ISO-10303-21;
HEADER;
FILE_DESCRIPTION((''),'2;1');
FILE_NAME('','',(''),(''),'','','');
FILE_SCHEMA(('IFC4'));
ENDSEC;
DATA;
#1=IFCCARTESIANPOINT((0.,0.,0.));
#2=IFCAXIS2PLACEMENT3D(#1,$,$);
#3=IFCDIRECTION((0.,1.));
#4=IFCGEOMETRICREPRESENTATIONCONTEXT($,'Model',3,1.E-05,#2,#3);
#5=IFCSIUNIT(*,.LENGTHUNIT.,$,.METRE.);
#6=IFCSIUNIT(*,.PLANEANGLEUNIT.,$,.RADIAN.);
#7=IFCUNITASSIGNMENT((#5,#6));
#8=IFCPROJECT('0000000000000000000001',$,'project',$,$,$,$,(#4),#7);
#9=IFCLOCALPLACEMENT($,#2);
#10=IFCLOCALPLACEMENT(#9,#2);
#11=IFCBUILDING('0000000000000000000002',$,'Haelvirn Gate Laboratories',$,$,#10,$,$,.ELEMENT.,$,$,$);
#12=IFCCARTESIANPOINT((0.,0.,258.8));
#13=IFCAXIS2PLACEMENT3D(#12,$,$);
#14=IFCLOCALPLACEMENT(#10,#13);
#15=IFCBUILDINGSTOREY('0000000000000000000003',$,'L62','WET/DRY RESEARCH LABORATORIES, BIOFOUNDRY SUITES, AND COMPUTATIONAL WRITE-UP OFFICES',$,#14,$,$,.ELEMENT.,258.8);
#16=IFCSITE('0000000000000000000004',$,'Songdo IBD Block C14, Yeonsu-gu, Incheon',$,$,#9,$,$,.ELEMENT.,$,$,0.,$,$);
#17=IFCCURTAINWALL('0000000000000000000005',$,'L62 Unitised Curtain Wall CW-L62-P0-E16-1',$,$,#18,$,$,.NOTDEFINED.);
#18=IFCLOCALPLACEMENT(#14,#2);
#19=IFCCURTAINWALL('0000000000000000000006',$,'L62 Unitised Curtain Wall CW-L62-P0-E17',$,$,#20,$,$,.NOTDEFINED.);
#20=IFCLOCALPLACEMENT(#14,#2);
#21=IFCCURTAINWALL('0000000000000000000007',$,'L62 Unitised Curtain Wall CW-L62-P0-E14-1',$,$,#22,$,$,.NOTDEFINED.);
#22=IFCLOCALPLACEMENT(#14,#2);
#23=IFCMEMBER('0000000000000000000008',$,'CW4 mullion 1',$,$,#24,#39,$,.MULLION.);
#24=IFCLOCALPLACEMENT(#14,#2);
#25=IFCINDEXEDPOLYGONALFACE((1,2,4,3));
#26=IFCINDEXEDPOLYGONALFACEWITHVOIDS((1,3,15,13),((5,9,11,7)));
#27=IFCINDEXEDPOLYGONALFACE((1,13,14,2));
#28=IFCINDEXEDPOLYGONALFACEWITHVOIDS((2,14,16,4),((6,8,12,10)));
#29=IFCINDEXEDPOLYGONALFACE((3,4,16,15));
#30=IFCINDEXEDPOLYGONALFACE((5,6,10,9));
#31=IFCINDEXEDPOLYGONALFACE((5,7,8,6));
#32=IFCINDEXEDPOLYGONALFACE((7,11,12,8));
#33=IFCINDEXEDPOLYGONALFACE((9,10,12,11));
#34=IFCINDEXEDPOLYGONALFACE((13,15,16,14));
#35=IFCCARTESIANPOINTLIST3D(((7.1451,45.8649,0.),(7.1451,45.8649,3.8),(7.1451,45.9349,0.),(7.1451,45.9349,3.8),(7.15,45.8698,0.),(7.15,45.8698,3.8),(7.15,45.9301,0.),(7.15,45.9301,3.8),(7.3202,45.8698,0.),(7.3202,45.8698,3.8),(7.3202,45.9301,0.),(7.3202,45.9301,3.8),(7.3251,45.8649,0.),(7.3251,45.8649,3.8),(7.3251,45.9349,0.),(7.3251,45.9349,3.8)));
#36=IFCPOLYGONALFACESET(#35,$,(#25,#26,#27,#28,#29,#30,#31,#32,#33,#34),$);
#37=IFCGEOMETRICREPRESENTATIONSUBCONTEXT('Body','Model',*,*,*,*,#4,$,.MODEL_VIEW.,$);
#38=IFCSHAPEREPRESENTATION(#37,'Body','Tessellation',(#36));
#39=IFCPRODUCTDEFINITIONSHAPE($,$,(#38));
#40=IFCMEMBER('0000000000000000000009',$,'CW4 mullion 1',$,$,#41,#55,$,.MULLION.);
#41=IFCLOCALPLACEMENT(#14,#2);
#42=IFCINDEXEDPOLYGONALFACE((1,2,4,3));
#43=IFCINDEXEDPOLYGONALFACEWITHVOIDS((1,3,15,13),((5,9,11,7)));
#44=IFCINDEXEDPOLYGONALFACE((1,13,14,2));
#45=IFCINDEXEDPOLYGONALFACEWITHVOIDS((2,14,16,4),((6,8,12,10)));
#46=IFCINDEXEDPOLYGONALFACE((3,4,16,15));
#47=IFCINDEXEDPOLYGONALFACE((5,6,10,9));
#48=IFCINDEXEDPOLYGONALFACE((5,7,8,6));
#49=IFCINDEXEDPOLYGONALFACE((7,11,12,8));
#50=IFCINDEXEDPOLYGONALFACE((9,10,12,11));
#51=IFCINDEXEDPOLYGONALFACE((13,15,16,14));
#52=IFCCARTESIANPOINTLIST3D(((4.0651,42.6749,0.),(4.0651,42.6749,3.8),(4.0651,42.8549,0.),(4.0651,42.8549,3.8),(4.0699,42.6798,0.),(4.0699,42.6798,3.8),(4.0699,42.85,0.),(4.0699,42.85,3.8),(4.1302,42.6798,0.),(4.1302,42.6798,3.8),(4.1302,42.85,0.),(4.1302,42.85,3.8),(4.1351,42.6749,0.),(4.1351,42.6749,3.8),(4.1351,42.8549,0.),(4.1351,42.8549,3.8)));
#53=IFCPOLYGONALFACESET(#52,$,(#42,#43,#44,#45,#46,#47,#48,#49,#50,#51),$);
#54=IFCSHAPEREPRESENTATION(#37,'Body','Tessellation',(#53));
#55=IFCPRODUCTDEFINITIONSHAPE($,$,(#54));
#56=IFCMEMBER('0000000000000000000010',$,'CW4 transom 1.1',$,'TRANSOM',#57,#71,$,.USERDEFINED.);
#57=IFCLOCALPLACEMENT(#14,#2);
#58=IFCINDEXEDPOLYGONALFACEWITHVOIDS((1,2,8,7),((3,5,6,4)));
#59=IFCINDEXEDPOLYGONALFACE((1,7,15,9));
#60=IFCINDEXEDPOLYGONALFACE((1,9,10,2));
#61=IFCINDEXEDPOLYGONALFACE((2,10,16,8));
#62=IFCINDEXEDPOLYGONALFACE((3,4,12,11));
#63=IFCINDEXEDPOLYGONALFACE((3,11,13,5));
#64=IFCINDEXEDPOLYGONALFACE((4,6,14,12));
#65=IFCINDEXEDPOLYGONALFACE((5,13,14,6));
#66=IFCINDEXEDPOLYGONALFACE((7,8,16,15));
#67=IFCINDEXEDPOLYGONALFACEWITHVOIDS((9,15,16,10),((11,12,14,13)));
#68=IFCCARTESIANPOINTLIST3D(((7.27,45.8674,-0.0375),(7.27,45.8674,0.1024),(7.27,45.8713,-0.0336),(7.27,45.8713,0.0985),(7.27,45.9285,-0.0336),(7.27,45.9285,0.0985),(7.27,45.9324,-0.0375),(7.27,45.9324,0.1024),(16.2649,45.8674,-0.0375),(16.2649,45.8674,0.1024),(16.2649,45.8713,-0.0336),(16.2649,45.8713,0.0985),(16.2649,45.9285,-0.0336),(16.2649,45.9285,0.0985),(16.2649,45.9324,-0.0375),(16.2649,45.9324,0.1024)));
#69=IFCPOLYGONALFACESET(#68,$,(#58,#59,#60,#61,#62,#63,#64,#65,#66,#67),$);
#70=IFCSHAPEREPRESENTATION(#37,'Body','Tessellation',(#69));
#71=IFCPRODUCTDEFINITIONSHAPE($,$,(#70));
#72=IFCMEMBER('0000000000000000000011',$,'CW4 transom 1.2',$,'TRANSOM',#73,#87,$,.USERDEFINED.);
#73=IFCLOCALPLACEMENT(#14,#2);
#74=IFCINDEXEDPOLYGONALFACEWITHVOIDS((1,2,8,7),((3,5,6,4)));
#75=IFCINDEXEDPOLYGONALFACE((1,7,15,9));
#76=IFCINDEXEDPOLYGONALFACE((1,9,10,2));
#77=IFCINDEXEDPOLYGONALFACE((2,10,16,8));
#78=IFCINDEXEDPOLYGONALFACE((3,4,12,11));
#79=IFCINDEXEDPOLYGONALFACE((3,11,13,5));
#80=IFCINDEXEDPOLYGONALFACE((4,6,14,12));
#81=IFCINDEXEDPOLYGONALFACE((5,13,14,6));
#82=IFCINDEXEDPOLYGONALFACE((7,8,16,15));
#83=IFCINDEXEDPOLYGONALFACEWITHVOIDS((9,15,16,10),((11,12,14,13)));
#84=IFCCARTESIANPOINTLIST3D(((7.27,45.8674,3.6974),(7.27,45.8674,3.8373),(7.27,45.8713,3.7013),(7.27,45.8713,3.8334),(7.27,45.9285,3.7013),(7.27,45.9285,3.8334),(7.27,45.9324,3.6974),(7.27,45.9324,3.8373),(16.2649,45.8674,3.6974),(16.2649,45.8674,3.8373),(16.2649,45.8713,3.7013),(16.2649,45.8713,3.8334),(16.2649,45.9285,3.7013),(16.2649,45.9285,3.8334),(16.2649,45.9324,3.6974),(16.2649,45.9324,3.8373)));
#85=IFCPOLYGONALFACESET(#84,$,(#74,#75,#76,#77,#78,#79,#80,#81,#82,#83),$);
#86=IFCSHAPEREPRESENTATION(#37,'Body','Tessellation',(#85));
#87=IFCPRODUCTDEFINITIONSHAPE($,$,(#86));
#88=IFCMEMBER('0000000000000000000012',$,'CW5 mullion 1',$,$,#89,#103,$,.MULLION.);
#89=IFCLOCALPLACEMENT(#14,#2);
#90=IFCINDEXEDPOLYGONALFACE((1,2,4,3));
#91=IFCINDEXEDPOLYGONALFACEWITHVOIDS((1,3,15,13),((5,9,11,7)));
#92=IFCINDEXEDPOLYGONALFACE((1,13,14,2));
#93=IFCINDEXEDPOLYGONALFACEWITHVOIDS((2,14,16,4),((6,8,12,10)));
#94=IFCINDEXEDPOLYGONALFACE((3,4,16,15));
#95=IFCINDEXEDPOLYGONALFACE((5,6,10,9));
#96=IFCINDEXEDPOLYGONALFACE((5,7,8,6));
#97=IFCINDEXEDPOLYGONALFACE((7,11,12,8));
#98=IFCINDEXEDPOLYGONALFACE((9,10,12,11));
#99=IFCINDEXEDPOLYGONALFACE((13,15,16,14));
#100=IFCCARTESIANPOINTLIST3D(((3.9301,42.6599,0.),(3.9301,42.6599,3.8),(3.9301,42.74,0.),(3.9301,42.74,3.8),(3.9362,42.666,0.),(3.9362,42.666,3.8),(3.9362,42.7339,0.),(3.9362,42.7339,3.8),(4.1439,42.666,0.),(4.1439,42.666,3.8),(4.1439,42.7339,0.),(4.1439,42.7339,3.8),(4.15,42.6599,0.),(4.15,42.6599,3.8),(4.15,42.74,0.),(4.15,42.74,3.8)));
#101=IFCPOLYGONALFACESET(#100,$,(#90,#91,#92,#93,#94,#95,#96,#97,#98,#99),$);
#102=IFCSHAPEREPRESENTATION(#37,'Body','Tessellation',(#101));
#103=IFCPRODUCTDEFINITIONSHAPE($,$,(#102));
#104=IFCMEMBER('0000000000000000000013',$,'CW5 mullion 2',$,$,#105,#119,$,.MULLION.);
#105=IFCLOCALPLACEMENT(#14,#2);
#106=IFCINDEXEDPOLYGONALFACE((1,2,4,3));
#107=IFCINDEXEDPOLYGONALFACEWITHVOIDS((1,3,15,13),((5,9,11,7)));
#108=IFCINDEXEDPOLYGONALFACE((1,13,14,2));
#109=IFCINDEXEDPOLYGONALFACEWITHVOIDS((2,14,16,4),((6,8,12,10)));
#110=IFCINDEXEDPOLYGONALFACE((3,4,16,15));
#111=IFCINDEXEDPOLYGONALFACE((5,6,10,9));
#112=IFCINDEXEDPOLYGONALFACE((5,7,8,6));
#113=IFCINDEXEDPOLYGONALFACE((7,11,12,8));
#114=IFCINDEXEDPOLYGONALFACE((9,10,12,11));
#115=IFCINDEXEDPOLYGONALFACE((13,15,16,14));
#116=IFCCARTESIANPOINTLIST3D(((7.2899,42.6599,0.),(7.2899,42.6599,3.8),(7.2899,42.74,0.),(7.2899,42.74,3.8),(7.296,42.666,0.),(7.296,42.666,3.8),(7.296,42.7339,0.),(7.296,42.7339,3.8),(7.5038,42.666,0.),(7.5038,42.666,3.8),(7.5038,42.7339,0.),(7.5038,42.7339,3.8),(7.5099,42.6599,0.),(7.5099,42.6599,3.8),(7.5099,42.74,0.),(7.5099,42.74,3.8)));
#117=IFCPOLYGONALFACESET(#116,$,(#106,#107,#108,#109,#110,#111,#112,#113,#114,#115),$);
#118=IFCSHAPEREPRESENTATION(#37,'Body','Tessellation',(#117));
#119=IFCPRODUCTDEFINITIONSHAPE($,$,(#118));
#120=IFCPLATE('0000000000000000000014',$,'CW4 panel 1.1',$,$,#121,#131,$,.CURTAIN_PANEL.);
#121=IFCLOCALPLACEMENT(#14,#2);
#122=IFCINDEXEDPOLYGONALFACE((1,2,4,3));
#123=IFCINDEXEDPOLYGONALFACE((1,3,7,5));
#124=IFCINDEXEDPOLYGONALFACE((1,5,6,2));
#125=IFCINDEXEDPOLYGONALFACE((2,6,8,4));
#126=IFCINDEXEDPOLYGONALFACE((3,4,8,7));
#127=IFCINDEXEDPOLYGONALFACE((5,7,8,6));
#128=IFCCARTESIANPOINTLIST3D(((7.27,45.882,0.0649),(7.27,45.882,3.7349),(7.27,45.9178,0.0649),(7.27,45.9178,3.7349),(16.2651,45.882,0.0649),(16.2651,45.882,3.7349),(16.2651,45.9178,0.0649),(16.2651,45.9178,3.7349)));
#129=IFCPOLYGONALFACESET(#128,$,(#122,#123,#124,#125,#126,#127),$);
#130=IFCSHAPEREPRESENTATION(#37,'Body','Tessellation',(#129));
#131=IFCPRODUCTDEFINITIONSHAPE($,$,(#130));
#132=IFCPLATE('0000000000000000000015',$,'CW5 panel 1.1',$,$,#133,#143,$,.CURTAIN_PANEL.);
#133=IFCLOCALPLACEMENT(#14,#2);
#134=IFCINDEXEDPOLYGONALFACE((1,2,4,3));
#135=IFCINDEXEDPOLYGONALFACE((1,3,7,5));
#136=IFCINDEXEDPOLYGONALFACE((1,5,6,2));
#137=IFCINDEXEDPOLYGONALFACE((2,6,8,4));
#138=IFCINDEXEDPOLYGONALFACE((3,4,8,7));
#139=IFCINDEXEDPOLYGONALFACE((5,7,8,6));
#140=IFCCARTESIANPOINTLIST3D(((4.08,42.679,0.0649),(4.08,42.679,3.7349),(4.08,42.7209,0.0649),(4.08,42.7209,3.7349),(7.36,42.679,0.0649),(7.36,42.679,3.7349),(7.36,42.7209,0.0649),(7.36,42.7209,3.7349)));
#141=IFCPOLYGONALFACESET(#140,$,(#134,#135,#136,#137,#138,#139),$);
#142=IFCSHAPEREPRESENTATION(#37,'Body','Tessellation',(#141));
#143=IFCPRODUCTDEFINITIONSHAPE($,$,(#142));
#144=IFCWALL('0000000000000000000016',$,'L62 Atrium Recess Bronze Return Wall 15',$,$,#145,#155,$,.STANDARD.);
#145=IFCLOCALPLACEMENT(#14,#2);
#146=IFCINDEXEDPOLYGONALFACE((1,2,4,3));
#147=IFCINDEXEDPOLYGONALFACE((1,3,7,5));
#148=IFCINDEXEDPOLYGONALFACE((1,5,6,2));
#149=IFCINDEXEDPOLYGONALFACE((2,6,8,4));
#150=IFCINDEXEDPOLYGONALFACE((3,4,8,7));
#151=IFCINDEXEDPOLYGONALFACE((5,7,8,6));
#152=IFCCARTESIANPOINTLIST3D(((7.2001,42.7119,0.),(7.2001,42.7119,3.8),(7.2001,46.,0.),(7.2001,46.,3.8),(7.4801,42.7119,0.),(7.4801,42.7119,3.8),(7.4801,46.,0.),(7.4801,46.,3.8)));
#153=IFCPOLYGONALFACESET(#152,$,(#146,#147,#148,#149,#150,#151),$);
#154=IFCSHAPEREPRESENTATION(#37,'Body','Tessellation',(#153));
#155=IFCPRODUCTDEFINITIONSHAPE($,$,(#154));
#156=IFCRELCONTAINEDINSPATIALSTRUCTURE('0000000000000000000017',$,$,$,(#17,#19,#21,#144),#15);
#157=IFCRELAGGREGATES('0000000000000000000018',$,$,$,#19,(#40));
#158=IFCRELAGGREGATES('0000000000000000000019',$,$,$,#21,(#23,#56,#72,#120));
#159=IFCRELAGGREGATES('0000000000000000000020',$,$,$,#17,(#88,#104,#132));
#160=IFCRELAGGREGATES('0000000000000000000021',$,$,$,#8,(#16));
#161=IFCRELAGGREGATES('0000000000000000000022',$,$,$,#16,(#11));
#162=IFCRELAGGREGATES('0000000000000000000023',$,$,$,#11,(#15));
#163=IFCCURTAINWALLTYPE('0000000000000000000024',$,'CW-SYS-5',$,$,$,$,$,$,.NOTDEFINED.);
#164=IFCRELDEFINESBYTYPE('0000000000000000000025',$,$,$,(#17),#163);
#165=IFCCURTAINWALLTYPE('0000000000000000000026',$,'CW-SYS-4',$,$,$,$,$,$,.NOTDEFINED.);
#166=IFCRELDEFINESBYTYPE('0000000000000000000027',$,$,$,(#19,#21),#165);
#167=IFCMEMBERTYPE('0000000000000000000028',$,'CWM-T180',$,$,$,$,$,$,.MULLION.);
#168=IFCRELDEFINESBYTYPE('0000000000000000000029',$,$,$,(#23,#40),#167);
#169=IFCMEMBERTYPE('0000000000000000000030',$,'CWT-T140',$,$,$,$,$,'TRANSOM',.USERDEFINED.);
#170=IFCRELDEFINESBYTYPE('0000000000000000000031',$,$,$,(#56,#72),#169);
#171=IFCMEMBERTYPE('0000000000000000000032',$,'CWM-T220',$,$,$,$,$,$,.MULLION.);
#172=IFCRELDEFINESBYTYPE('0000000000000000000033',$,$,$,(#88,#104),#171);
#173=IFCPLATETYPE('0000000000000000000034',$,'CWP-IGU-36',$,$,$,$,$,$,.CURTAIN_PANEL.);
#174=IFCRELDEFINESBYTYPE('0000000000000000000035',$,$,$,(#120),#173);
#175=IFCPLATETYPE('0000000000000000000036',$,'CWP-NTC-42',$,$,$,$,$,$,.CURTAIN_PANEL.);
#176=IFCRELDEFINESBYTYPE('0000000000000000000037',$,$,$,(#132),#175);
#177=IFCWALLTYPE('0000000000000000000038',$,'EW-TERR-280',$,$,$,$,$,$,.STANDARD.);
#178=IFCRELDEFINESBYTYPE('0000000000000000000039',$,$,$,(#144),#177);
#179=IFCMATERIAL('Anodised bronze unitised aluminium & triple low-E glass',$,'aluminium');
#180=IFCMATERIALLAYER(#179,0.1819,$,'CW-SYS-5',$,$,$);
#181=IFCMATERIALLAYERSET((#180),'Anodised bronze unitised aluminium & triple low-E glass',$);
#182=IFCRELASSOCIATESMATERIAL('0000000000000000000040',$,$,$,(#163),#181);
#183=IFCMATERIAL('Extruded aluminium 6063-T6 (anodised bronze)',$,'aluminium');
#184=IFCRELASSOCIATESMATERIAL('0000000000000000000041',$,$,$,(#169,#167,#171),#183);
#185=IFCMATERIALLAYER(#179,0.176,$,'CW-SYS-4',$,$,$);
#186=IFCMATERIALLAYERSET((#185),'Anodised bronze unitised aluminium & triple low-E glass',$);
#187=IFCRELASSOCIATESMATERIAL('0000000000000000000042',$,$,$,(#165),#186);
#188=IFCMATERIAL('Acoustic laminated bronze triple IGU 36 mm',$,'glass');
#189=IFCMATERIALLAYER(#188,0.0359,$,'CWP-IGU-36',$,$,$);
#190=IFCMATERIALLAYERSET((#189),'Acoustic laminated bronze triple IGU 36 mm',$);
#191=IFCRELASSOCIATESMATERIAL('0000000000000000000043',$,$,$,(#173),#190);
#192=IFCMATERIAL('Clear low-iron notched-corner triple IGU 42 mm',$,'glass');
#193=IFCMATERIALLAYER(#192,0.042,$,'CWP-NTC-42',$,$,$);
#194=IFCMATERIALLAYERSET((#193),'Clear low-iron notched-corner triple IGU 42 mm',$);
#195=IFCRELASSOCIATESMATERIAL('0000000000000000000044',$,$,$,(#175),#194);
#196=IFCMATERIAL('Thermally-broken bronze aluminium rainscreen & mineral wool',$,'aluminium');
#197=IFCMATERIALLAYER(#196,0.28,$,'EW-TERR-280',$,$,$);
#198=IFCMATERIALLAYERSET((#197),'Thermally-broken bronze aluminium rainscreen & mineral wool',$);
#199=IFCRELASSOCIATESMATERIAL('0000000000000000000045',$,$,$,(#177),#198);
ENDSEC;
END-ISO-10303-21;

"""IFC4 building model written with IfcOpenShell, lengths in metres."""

from ifc_helpers import new_model, si_unit, direction, frame, frame_2d, origin, origin_2d, place, context, subcontext, project, spatial, rectangle, hollow_rectangle, extrude, source, transform, mapped, material, layer, layer_set, material_profile, profile_set, type_object, type_shapes, element, aggregate, save


model = new_model("IFC4")

# Units and contexts
model_context = context("Model", 3, precision=1e-05, world=origin(), true_north=direction((0.0, 1.0)))
body_context = subcontext(model_context, "Body", "Model", "MODEL_VIEW")
ifc_project = project(units=[si_unit("LENGTHUNIT", "METRE"), si_unit("PLANEANGLEUNIT", "RADIAN")], contexts=[model_context])

# Site, building, storey
site_placement = place(None, origin())
site = spatial("IfcSite", under=ifc_project, at=site_placement, Name="Songdo IBD Block C14, Yeonsu-gu, Incheon", CompositionType="ELEMENT", RefElevation=0.0)
building_placement = place(site_placement, origin())
building = spatial("IfcBuilding", under=site, at=building_placement, Name="Haelvirn Gate Laboratories", CompositionType="ELEMENT")
storey_placement = place(building_placement, frame((0.0, 0.0, 258.8)))
storey = spatial("IfcBuildingStorey", under=building, at=storey_placement, Name="L62", Description="WET/DRY RESEARCH LABORATORIES, BIOFOUNDRY SUITES, AND COMPUTATIONAL WRITE-UP OFFICES", CompositionType="ELEMENT", Elevation=258.8)

# Curtain walls
ifc_material_1 = material(Name="Anodised bronze unitised aluminium & triple low-E glass", Category="aluminium")
ifc_layer_1 = layer(ifc_material_1, 0.1819, Name="CW-SYS-5")
ifc_layer_set_1 = layer_set([ifc_layer_1], Name="Anodised bronze unitised aluminium & triple low-E glass")
curtain_wall_type_1 = type_object("IfcCurtainWallType", Name="CW-SYS-5", PredefinedType="NOTDEFINED", material=ifc_layer_set_1)
curtain_wall_1_placement = place(storey_placement, origin())
curtain_wall_1 = element("IfcCurtainWall", 1, at=curtain_wall_1_placement, inside=storey, type_object=curtain_wall_type_1, Name="L62 Unitised Curtain Wall CW-L62-P0-E16-1", PredefinedType="NOTDEFINED")
ifc_material_2 = material(Name="Extruded aluminium 6063-T6 (anodised bronze)", Category="aluminium")
ifc_material_profile_1 = material_profile(ifc_material_2, hollow_rectangle(XDim=0.0649, YDim=0.1399, WallThickness=0.0039, at=origin_2d()), Name="CWT-140x65x4")
ifc_profile_set_1 = profile_set([ifc_material_profile_1], Name="Extruded aluminium 6063-T6 (anodised bronze)")
member_type_1 = type_object("IfcMemberType", Name="CWT-T140", ElementType="TRANSOM", PredefinedType="USERDEFINED", material=ifc_profile_set_1)
ifc_layer_2 = layer(ifc_material_1, 0.176, Name="CW-SYS-4")
ifc_layer_set_2 = layer_set([ifc_layer_2], Name="Anodised bronze unitised aluminium & triple low-E glass")
curtain_wall_type_2 = type_object("IfcCurtainWallType", Name="CW-SYS-4", PredefinedType="NOTDEFINED", material=ifc_layer_set_2)
curtain_wall_2_placement = place(storey_placement, origin())
curtain_wall_2 = element("IfcCurtainWall", 2, at=curtain_wall_2_placement, inside=storey, type_object=curtain_wall_type_2, Name="L62 Unitised Curtain Wall CW-L62-P0-E17", PredefinedType="NOTDEFINED")

# Curtain wall, member
curtain_wall_3_placement = place(storey_placement, origin())
curtain_wall_3 = element("IfcCurtainWall", 3, at=curtain_wall_3_placement, inside=storey, type_object=curtain_wall_type_2, Name="L62 Unitised Curtain Wall CW-L62-P0-E14-1", PredefinedType="NOTDEFINED")
ifc_material_profile_2 = material_profile(ifc_material_2, hollow_rectangle(XDim=0.0701, YDim=0.1799, WallThickness=0.0049, at=origin_2d()), Name="CWM-180x70x5")
ifc_profile_set_2 = profile_set([ifc_material_profile_2], Name="Extruded aluminium 6063-T6 (anodised bronze)")
member_type_2 = type_object("IfcMemberType", Name="CWM-T180", PredefinedType="MULLION", material=ifc_profile_set_2)
shared_shape_1 = source(origin(), body_context, "Body", "SweptSolid", [
    extrude(hollow_rectangle(XDim=0.0701, YDim=0.1799, WallThickness=0.0049, at=origin_2d()), origin(), (0.0, 0.0, 1.0), 3.8),
])
type_shapes(member_type_2, [shared_shape_1])
member_1_placement = place(storey_placement, frame((7.2351, 45.8999, 0.0), z_axis=(0.0, 0.0, 1.0), x_axis=(0.0, 1.0, 0.0)))
member_1 = element("IfcMember", 4, at=member_1_placement, type_object=member_type_2, Name="CW4 mullion 1", PredefinedType="MULLION", context=body_context, shape_type="MappedRepresentation", body=[
    mapped(shared_shape_1, transform((0.0, 0.0, 0.0), scale=1.0)),
])

# Members
member_2_placement = place(storey_placement, frame((4.1001, 42.7649, 0.0), z_axis=(0.0, 0.0, 1.0), x_axis=(1.0, 0.0, 0.0)))
member_2 = element("IfcMember", 5, at=member_2_placement, type_object=member_type_2, Name="CW4 mullion 1", PredefinedType="MULLION", context=body_context, shape_type="MappedRepresentation", body=[
    mapped(shared_shape_1, transform((0.0, 0.0, 0.0), scale=1.0)),
])
aggregate(curtain_wall_2, [member_2])
shared_shape_2 = source(origin(), body_context, "Body", "SweptSolid", [
    extrude(hollow_rectangle(XDim=0.0649, YDim=0.1399, WallThickness=0.0039, at=origin_2d()), origin(), (0.0, 0.0, 1.0), 8.9949),
])
member_3_placement = place(storey_placement, frame((7.27, 45.8999, 0.0325), z_axis=(1.0, 0.0, 0.0), x_axis=(0.0, 1.0, 0.0)))
member_3 = element("IfcMember", 6, at=member_3_placement, type_object=member_type_1, Name="CW4 transom 1.1", ObjectType="TRANSOM", PredefinedType="USERDEFINED", context=body_context, shape_type="MappedRepresentation", body=[
    mapped(shared_shape_2, transform((0.0, 0.0, 0.0), scale=1.0)),
])
member_4_placement = place(storey_placement, frame((7.27, 45.8999, 3.7673), z_axis=(1.0, 0.0, 0.0), x_axis=(0.0, 1.0, 0.0)))
member_4 = element("IfcMember", 7, at=member_4_placement, type_object=member_type_1, Name="CW4 transom 1.2", ObjectType="TRANSOM", PredefinedType="USERDEFINED", context=body_context, shape_type="MappedRepresentation", body=[
    mapped(shared_shape_2, transform((0.0, 0.0, 0.0), scale=1.0)),
])
ifc_material_profile_3 = material_profile(ifc_material_2, hollow_rectangle(XDim=0.0801, YDim=0.22, WallThickness=0.0061, at=origin_2d()), Name="CWM-220x80x6")
ifc_profile_set_3 = profile_set([ifc_material_profile_3], Name="Extruded aluminium 6063-T6 (anodised bronze)")
member_type_3 = type_object("IfcMemberType", Name="CWM-T220", PredefinedType="MULLION", material=ifc_profile_set_3)
shared_shape_3 = source(origin(), body_context, "Body", "SweptSolid", [
    extrude(hollow_rectangle(XDim=0.0801, YDim=0.22, WallThickness=0.0061, at=origin_2d()), origin(), (0.0, 0.0, 1.0), 3.8),
])
type_shapes(member_type_3, [shared_shape_3])
member_5_placement = place(storey_placement, frame((4.04, 42.7, 0.0), z_axis=(0.0, 0.0, 1.0), x_axis=(0.0, 1.0, 0.0)))
member_5 = element("IfcMember", 8, at=member_5_placement, type_object=member_type_3, Name="CW5 mullion 1", PredefinedType="MULLION", context=body_context, shape_type="MappedRepresentation", body=[
    mapped(shared_shape_3, transform((0.0, 0.0, 0.0), scale=1.0)),
])
member_6_placement = place(storey_placement, frame((7.3999, 42.7, 0.0), z_axis=(0.0, 0.0, 1.0), x_axis=(0.0, 1.0, 0.0)))
member_6 = element("IfcMember", 9, at=member_6_placement, type_object=member_type_3, Name="CW5 mullion 2", PredefinedType="MULLION", context=body_context, shape_type="MappedRepresentation", body=[
    mapped(shared_shape_3, transform((0.0, 0.0, 0.0), scale=1.0)),
])

# Plates
ifc_material_3 = material(Name="Acoustic laminated bronze triple IGU 36 mm", Category="glass")
ifc_layer_3 = layer(ifc_material_3, 0.0359, Name="CWP-IGU-36")
ifc_layer_set_3 = layer_set([ifc_layer_3], Name="Acoustic laminated bronze triple IGU 36 mm")
plate_type_1 = type_object("IfcPlateType", Name="CWP-IGU-36", PredefinedType="CURTAIN_PANEL", material=ifc_layer_set_3)
shared_shape_4 = source(origin(), body_context, "Body", "SweptSolid", [
    extrude(rectangle(XDim=8.9951, YDim=0.0359, at=origin_2d()), origin(), (0.0, 0.0, 1.0), 3.6699),
])
type_shapes(plate_type_1, [shared_shape_4])
plate_1_placement = place(storey_placement, frame((11.7676, 45.8999, 0.0649), z_axis=(0.0, 0.0, 1.0), x_axis=(1.0, 0.0, 0.0)))
plate_1 = element("IfcPlate", 10, at=plate_1_placement, type_object=plate_type_1, Name="CW4 panel 1.1", PredefinedType="CURTAIN_PANEL", context=body_context, shape_type="MappedRepresentation", body=[
    mapped(shared_shape_4, transform((0.0, 0.0, 0.0), scale=1.0)),
])
aggregate(curtain_wall_3, [member_1, member_3, member_4, plate_1])
ifc_material_4 = material(Name="Clear low-iron notched-corner triple IGU 42 mm", Category="glass")
ifc_layer_4 = layer(ifc_material_4, 0.042, Name="CWP-NTC-42")
ifc_layer_set_4 = layer_set([ifc_layer_4], Name="Clear low-iron notched-corner triple IGU 42 mm")
plate_type_2 = type_object("IfcPlateType", Name="CWP-NTC-42", PredefinedType="CURTAIN_PANEL", material=ifc_layer_set_4)
shared_shape_5 = source(origin(), body_context, "Body", "SweptSolid", [
    extrude(rectangle(XDim=3.28, YDim=0.042, at=origin_2d()), origin(), (0.0, 0.0, 1.0), 3.6699),
])
type_shapes(plate_type_2, [shared_shape_5])
plate_2_placement = place(storey_placement, frame((5.72, 42.7, 0.0649), z_axis=(0.0, 0.0, 1.0), x_axis=(1.0, 0.0, 0.0)))
plate_2 = element("IfcPlate", 11, at=plate_2_placement, type_object=plate_type_2, Name="CW5 panel 1.1", PredefinedType="CURTAIN_PANEL", context=body_context, shape_type="MappedRepresentation", body=[
    mapped(shared_shape_5, transform((0.0, 0.0, 0.0), scale=1.0)),
])
aggregate(curtain_wall_1, [member_5, member_6, plate_2])

# Wall
ifc_material_5 = material(Name="Thermally-broken bronze aluminium rainscreen & mineral wool", Category="aluminium")
ifc_layer_5 = layer(ifc_material_5, 0.28, Name="EW-TERR-280")
ifc_layer_set_5 = layer_set([ifc_layer_5], Name="Thermally-broken bronze aluminium rainscreen & mineral wool")
wall_type_1 = type_object("IfcWallType", Name="EW-TERR-280", PredefinedType="STANDARD", material=ifc_layer_set_5)
wall_1_placement = place(storey_placement, frame((7.3401, 46.0, 0.0), z_axis=(0.0, 0.0, 1.0), x_axis=(0.0, -1.0, 0.0)))
element("IfcWall", 12, at=wall_1_placement, inside=storey, type_object=wall_type_1, Name="L62 Atrium Recess Bronze Return Wall 15", PredefinedType="STANDARD", context=body_context, shape_type="SweptSolid", body=[
    extrude(rectangle(XDim=3.2881, YDim=0.28, at=frame_2d((1.644, 0.0))), origin(), (0.0, 0.0, 1.0), 3.8),
])

save(model, "model.ifc")
